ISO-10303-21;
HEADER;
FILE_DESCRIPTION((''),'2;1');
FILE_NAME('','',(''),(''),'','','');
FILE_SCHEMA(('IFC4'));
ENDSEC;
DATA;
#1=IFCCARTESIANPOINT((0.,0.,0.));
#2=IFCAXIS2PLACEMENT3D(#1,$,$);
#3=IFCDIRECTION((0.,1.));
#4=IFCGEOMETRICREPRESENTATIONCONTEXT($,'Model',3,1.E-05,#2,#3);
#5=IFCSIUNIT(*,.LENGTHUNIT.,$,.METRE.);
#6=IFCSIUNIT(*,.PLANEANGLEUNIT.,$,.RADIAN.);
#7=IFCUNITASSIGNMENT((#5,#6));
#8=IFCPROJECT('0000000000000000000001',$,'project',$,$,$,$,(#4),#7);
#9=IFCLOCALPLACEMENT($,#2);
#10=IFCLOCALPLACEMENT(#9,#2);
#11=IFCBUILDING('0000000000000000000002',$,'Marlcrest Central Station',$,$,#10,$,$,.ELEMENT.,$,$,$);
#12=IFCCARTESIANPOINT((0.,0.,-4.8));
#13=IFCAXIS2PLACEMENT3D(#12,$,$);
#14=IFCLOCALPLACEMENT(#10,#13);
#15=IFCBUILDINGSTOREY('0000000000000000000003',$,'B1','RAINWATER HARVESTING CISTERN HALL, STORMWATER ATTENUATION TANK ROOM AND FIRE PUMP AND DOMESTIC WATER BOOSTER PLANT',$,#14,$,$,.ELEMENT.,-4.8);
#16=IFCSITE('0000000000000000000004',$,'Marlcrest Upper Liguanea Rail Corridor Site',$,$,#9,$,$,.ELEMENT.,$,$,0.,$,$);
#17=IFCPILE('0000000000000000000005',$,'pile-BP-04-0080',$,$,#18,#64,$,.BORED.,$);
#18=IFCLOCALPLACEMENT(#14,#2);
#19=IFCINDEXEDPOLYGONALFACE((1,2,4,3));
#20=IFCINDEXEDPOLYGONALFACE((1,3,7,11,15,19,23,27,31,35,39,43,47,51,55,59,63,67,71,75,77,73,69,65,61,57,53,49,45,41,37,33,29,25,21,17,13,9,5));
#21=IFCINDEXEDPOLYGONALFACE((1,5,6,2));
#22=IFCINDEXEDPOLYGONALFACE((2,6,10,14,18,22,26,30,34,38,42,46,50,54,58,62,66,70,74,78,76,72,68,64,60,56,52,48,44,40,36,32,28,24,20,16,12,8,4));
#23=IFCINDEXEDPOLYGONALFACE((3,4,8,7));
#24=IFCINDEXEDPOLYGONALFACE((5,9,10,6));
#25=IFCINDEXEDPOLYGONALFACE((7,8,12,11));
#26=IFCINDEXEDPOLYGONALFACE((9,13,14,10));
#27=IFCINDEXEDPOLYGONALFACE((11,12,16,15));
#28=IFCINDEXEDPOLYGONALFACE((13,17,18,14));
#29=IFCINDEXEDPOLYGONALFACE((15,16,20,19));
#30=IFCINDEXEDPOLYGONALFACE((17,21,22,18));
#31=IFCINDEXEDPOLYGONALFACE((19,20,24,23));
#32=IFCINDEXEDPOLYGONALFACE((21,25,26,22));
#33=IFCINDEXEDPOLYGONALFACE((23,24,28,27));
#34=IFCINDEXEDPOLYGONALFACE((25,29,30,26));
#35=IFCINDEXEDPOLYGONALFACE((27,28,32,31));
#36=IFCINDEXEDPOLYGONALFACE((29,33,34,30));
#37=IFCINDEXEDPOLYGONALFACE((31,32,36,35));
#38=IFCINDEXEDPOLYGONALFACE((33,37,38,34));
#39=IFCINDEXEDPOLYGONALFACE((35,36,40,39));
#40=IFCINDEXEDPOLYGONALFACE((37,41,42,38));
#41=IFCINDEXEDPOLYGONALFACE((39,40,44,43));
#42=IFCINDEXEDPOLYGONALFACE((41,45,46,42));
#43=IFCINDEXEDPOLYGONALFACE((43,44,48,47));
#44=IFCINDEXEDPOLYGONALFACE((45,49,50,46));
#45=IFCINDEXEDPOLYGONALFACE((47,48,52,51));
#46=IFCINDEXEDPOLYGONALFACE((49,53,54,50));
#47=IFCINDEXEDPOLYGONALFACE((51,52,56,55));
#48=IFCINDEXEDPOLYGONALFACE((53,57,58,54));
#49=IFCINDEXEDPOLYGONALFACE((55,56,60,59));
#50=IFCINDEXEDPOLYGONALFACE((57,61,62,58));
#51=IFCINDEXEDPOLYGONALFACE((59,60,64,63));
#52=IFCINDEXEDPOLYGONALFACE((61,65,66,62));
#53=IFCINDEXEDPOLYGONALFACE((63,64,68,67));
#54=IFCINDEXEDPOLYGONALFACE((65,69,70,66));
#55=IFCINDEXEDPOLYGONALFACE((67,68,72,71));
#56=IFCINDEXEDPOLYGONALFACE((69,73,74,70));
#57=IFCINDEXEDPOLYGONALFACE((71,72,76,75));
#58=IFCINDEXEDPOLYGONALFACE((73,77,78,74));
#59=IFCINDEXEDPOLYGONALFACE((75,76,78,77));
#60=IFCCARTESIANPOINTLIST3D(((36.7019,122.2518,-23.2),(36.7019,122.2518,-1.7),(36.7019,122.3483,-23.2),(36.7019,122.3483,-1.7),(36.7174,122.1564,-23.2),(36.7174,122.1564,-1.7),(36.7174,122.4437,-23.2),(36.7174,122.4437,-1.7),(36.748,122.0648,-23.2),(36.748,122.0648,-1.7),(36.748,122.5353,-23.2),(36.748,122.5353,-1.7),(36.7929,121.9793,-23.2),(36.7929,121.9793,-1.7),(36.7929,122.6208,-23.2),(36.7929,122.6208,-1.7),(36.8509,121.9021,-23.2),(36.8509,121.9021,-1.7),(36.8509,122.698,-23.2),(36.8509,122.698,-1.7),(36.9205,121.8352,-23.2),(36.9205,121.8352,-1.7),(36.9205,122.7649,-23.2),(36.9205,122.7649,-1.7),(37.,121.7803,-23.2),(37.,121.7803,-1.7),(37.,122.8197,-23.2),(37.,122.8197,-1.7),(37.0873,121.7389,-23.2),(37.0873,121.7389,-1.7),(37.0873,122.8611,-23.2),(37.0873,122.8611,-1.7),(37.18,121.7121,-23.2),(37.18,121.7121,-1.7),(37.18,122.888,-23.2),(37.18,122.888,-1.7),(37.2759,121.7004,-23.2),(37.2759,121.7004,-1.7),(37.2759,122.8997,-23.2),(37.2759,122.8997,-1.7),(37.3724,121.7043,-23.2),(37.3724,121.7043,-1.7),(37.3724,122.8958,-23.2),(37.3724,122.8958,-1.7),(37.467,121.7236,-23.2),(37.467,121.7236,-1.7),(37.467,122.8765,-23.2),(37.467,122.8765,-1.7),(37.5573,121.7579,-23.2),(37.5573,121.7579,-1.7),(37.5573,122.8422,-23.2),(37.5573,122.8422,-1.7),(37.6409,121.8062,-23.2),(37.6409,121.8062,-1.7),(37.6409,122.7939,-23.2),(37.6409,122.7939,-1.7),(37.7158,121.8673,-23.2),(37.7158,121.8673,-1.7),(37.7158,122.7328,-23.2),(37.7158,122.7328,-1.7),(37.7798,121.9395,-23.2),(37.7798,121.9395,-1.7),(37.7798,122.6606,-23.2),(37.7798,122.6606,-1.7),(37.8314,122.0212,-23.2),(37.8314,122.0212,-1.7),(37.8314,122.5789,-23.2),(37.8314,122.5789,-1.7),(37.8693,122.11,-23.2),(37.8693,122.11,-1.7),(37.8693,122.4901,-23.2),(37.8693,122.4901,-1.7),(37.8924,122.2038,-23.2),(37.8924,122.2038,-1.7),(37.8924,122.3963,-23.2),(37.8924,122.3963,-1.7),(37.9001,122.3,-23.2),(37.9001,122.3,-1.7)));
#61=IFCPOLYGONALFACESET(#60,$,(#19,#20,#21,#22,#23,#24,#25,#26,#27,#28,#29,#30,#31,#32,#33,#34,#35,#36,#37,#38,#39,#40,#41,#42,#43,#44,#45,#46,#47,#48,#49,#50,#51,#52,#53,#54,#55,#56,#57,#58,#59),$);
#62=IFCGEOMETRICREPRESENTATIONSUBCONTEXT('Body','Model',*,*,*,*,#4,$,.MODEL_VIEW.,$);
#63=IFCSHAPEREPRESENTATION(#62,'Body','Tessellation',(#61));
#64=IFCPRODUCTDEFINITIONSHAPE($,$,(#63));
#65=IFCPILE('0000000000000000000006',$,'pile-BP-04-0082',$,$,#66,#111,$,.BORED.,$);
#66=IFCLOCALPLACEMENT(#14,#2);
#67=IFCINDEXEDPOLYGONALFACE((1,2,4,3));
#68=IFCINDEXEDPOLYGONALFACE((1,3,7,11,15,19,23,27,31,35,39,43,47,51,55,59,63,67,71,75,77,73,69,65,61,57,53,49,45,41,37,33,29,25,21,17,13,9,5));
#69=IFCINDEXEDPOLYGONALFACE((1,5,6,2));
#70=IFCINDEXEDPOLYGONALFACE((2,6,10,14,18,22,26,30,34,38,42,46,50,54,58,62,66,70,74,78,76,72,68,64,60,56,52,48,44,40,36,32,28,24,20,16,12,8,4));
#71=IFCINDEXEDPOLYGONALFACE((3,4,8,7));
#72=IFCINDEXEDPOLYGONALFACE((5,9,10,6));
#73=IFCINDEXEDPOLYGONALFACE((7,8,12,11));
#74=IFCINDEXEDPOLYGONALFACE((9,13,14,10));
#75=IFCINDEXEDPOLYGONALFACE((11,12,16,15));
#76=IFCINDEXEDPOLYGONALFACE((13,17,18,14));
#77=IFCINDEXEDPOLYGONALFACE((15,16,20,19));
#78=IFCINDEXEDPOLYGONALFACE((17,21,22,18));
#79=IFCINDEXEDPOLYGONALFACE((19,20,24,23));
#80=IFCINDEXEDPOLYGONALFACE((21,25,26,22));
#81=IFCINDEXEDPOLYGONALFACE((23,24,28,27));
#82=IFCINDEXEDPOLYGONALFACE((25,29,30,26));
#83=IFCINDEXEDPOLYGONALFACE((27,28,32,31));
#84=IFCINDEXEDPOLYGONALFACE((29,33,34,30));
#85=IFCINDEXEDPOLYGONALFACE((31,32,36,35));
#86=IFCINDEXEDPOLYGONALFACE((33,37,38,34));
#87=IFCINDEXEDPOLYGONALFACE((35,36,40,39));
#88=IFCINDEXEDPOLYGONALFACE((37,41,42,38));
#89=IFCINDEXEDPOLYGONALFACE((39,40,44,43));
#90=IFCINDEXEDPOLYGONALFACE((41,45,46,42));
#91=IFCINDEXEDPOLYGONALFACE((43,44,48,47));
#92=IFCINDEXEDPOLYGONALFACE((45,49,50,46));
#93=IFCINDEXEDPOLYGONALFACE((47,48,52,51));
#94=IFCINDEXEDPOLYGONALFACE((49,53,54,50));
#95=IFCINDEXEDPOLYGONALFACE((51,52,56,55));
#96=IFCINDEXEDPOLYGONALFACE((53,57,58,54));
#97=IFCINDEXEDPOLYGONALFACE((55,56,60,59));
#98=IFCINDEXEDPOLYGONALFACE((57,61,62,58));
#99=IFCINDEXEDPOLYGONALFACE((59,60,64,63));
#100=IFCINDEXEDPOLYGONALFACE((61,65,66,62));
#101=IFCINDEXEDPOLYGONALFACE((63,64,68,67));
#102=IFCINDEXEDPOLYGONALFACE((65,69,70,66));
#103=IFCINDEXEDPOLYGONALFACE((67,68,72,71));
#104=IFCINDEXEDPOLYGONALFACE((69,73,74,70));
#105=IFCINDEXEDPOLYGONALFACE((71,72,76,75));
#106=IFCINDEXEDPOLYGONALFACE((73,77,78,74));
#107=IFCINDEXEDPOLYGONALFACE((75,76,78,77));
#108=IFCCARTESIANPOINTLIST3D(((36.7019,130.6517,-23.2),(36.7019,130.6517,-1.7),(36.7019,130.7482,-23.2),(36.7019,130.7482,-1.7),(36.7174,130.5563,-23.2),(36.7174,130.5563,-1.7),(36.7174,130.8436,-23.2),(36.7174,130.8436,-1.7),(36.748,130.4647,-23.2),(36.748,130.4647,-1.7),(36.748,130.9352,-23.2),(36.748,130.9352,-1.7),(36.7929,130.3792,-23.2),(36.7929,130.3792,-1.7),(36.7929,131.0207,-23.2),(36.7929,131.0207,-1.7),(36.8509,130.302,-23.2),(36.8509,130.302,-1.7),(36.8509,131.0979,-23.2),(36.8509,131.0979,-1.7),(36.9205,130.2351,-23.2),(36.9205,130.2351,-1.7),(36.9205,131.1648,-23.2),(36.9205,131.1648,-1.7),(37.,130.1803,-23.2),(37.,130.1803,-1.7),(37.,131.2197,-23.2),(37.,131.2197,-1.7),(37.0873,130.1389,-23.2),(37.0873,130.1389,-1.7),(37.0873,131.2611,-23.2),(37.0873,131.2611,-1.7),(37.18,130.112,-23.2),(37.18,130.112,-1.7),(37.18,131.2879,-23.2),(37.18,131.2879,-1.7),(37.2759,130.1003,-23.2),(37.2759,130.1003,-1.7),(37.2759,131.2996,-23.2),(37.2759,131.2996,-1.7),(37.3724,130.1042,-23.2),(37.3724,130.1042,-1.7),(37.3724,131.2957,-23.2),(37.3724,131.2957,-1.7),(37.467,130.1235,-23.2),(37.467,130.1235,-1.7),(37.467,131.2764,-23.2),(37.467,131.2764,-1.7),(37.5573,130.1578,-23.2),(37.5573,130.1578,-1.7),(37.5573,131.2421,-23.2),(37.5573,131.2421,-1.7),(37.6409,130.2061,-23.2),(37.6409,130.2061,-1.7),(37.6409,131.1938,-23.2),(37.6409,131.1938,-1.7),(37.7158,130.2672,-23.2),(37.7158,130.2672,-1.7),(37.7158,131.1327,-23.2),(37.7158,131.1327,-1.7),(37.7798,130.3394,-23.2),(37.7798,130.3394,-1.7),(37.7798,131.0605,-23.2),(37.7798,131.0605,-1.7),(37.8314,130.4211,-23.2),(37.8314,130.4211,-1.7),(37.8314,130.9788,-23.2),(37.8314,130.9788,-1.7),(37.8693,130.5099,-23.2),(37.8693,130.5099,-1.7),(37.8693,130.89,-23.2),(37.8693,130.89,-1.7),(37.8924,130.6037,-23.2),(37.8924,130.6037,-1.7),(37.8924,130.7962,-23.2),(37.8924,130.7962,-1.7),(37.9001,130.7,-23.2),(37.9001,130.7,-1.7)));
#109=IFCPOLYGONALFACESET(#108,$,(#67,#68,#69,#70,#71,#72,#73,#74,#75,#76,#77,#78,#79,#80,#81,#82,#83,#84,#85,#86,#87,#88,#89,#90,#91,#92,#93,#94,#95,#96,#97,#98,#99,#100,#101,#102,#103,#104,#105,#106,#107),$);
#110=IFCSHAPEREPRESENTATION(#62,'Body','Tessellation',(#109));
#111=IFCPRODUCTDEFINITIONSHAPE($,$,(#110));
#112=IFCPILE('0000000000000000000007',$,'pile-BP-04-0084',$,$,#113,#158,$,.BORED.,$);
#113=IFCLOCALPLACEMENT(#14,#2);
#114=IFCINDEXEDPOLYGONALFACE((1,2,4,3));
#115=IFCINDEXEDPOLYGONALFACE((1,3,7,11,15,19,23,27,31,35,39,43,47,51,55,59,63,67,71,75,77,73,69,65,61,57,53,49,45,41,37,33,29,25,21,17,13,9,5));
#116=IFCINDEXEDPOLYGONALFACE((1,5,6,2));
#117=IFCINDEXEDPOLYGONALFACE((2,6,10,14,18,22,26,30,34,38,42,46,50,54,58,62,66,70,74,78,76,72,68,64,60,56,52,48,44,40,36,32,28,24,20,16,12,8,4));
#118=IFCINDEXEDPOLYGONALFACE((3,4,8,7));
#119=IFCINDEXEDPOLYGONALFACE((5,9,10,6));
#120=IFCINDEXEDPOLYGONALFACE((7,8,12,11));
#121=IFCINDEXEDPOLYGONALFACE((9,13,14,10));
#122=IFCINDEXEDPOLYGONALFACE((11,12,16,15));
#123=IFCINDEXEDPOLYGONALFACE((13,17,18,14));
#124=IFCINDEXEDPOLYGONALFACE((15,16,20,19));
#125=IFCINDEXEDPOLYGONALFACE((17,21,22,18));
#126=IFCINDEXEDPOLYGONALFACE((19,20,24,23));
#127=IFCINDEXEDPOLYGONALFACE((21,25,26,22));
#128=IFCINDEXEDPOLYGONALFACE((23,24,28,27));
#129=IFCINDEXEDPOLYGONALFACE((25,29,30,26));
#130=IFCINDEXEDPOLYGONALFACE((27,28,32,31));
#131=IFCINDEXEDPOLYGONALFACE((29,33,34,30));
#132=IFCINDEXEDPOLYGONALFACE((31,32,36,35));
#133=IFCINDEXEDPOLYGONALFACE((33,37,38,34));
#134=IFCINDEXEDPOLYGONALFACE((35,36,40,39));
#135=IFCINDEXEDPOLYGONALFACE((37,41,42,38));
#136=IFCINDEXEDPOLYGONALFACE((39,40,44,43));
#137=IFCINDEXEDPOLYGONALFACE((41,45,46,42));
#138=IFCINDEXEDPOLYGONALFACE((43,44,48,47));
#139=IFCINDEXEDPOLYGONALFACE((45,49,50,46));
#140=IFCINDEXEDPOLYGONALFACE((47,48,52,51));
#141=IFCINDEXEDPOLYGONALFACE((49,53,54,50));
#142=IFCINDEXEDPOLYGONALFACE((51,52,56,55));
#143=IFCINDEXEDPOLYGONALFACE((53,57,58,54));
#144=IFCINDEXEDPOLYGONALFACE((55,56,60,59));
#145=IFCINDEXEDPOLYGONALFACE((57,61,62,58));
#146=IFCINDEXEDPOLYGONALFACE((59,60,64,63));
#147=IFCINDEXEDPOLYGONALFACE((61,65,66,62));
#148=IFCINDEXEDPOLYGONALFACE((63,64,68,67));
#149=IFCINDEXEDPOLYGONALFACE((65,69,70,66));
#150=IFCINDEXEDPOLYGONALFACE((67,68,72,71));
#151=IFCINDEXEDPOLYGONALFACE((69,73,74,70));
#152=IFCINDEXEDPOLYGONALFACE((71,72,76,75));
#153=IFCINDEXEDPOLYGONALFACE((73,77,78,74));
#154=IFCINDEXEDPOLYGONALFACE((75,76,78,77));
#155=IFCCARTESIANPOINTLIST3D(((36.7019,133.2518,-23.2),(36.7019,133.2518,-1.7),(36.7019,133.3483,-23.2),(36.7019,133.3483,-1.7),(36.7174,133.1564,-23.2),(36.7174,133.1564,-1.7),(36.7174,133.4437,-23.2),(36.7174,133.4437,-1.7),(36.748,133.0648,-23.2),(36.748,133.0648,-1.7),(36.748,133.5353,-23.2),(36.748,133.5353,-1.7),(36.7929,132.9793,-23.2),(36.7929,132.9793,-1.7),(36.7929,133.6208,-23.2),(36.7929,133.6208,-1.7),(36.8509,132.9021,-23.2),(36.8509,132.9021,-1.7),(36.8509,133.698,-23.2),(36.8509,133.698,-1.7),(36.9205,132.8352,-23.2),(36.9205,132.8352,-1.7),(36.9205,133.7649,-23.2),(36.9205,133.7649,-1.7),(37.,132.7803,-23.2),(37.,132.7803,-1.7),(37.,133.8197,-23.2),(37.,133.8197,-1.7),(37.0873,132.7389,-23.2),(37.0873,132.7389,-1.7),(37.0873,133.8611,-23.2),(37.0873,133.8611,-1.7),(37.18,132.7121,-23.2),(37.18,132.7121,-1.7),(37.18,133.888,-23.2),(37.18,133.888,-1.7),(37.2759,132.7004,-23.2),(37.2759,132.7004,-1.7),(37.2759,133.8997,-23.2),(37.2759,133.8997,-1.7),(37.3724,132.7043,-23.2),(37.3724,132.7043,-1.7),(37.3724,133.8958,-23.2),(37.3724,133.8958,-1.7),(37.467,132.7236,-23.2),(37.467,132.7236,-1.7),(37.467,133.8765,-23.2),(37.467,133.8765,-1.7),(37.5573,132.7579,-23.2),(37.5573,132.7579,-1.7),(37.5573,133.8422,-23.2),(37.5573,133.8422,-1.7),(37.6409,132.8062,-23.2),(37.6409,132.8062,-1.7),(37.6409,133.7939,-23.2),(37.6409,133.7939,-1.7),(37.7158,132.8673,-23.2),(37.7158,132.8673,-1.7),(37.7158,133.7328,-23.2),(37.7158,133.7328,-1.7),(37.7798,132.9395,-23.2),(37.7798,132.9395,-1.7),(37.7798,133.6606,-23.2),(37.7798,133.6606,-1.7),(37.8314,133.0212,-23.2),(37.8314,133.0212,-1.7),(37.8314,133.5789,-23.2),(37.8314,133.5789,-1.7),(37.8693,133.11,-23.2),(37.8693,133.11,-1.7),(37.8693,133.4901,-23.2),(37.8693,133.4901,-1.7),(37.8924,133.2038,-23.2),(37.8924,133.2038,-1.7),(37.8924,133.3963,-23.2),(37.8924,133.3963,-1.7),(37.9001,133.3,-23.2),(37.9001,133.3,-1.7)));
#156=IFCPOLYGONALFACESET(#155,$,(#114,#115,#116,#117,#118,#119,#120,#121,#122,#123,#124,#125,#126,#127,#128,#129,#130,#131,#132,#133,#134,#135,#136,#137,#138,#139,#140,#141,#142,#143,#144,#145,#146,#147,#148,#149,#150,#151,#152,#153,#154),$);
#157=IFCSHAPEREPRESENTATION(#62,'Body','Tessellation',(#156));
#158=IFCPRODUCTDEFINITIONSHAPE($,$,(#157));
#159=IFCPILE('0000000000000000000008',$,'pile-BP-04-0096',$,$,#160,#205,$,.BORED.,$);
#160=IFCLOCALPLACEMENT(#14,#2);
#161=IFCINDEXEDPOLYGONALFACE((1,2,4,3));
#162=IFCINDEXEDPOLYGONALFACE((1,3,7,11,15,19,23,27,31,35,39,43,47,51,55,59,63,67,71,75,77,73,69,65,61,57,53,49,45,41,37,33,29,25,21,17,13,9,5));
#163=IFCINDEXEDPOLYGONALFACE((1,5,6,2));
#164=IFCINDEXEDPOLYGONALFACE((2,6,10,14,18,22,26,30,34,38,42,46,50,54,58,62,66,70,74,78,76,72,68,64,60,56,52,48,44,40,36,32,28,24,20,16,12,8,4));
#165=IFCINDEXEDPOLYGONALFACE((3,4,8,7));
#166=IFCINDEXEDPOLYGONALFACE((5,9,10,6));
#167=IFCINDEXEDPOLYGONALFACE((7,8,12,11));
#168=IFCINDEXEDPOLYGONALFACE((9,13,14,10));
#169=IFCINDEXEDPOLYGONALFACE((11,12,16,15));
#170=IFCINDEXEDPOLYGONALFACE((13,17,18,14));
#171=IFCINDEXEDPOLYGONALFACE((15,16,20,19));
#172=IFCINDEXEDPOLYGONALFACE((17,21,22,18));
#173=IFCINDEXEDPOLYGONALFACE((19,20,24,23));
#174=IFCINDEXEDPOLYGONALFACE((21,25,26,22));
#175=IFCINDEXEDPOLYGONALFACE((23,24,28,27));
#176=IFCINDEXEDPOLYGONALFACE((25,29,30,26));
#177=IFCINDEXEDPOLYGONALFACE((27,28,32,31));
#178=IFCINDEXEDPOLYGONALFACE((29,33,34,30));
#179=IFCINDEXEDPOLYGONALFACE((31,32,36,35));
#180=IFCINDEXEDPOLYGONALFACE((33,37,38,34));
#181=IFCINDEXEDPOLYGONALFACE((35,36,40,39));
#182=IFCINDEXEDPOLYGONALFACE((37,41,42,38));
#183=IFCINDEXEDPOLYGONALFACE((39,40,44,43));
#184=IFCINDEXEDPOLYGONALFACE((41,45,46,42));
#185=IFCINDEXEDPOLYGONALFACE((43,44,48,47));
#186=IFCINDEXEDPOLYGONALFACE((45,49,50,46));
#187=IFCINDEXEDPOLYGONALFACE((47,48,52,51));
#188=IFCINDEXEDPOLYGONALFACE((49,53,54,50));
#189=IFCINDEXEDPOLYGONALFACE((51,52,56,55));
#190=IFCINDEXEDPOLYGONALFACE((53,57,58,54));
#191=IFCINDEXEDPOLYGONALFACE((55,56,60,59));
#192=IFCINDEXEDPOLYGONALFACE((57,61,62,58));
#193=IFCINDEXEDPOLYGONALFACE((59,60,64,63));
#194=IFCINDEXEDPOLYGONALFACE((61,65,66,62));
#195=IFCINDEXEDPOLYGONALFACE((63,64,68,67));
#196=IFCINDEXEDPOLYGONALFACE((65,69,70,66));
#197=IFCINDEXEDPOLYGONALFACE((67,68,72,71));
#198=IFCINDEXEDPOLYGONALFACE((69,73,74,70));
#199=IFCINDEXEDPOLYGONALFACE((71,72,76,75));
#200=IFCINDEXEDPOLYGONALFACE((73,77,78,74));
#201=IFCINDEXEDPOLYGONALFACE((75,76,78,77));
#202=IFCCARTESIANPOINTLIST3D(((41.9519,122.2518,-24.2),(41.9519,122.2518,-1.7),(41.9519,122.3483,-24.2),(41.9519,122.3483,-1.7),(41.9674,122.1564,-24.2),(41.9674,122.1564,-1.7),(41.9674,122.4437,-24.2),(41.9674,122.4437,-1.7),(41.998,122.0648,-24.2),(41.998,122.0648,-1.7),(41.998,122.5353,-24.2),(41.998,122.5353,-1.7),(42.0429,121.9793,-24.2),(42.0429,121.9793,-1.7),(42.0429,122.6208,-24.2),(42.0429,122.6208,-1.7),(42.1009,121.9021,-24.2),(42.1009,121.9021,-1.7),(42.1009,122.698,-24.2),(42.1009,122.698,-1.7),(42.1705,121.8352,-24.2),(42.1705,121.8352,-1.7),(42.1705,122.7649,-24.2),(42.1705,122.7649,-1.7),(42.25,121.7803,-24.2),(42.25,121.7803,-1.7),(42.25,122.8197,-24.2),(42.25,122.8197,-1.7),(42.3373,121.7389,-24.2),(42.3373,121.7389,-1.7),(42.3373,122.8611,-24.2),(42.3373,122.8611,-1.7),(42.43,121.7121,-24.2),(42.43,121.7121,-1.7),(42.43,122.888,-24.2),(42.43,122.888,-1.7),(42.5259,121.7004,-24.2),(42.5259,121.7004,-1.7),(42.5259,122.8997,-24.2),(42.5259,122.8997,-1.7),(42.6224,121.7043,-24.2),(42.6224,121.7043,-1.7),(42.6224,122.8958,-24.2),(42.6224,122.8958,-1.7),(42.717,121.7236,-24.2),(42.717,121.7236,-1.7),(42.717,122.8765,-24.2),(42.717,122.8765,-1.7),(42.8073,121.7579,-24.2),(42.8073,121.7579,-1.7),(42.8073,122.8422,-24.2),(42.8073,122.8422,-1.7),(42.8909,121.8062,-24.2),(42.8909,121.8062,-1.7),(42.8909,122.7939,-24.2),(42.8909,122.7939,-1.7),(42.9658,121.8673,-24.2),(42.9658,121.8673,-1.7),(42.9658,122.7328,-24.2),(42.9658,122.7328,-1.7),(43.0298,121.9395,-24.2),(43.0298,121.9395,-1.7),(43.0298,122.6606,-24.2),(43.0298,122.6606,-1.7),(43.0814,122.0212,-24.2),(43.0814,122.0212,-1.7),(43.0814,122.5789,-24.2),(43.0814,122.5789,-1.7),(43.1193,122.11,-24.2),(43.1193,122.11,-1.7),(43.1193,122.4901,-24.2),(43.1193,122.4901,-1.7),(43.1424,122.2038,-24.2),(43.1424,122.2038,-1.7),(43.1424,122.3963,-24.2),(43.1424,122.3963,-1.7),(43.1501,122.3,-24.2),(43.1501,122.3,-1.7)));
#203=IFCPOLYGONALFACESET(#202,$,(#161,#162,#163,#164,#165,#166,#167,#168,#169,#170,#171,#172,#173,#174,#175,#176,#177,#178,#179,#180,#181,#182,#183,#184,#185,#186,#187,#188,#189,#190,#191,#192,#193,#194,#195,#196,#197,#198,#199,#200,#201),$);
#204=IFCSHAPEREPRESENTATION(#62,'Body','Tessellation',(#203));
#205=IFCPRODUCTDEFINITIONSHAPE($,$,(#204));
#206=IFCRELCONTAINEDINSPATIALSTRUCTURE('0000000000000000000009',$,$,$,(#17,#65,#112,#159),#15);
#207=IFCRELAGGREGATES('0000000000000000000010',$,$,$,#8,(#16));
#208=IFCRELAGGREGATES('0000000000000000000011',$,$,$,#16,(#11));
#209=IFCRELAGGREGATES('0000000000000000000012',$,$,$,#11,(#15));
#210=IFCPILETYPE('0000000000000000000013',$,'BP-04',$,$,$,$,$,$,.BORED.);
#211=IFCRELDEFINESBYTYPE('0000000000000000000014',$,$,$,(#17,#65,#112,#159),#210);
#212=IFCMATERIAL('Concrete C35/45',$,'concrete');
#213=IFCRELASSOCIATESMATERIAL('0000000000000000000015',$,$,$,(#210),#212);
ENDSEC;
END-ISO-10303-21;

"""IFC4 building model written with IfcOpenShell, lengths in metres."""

from ifc_helpers import new_model, si_unit, direction, frame, origin, origin_2d, place, context, subcontext, project, spatial, circle, extrude, material, material_profile, profile_set, type_object, element, save


model = new_model("IFC4")

# Units and contexts
model_context = context("Model", 3, precision=1e-05, world=origin(), true_north=direction((0.0, 1.0)))
body_context = subcontext(model_context, "Body", "Model", "MODEL_VIEW")
ifc_project = project(units=[si_unit("LENGTHUNIT", "METRE"), si_unit("PLANEANGLEUNIT", "RADIAN")], contexts=[model_context])

# Site, building, storey
site_placement = place(None, origin())
site = spatial("IfcSite", under=ifc_project, at=site_placement, Name="Marlcrest Upper Liguanea Rail Corridor Site", CompositionType="ELEMENT", RefElevation=0.0)
building_placement = place(site_placement, origin())
building = spatial("IfcBuilding", under=site, at=building_placement, Name="Marlcrest Central Station", CompositionType="ELEMENT")
storey_placement = place(building_placement, frame((0.0, 0.0, -4.8)))
storey = spatial("IfcBuildingStorey", under=building, at=storey_placement, Name="B1", Description="RAINWATER HARVESTING CISTERN HALL, STORMWATER ATTENUATION TANK ROOM AND FIRE PUMP AND DOMESTIC WATER BOOSTER PLANT", CompositionType="ELEMENT", Elevation=-4.8)

# Piles
ifc_material_1 = material(Name="Concrete C35/45", Category="concrete")
ifc_material_profile_1 = material_profile(ifc_material_1, circle(Radius=0.6001, at=origin_2d()), Name="PILE D1200")
ifc_profile_set_1 = profile_set([ifc_material_profile_1], Name="Concrete C35/45")
pile_type = type_object("IfcPileType", Name="BP-04", PredefinedType="BORED", material=ifc_profile_set_1)
for number, where, z_axis, x_axis, name in (
    (1, (37.3, 122.3, -1.7), (0.0, 0.0, -1.0), (1.0, 0.0, 0.0), "pile-BP-04-0080"),
    (2, (37.3, 130.7, -1.7), (0.0, 0.0, -1.0), (1.0, 0.0, 0.0), "pile-BP-04-0082"),
    (3, (37.3, 133.3, -1.7), (0.0, 0.0, -1.0), (1.0, 0.0, 0.0), "pile-BP-04-0084"),
):
    element("IfcPile", number, at=place(storey_placement, frame(where, z_axis=z_axis, x_axis=x_axis)), inside=storey, type_object=pile_type, Name=name, PredefinedType="BORED", context=body_context, shape_type="SweptSolid", body=[
        extrude(circle(Radius=0.6001, at=origin_2d()), origin(), (0.0, 0.0, 1.0), 21.5),
    ])
for number, where, z_axis, x_axis, name in (
    (4, (42.55, 122.3, -1.7), (0.0, 0.0, -1.0), (1.0, 0.0, 0.0), "pile-BP-04-0096"),
):
    element("IfcPile", number, at=place(storey_placement, frame(where, z_axis=z_axis, x_axis=x_axis)), inside=storey, type_object=pile_type, Name=name, PredefinedType="BORED", context=body_context, shape_type="SweptSolid", body=[
        extrude(circle(Radius=0.6001, at=origin_2d()), origin(), (0.0, 0.0, 1.0), 22.5),
    ])

save(model, "model.ifc")
